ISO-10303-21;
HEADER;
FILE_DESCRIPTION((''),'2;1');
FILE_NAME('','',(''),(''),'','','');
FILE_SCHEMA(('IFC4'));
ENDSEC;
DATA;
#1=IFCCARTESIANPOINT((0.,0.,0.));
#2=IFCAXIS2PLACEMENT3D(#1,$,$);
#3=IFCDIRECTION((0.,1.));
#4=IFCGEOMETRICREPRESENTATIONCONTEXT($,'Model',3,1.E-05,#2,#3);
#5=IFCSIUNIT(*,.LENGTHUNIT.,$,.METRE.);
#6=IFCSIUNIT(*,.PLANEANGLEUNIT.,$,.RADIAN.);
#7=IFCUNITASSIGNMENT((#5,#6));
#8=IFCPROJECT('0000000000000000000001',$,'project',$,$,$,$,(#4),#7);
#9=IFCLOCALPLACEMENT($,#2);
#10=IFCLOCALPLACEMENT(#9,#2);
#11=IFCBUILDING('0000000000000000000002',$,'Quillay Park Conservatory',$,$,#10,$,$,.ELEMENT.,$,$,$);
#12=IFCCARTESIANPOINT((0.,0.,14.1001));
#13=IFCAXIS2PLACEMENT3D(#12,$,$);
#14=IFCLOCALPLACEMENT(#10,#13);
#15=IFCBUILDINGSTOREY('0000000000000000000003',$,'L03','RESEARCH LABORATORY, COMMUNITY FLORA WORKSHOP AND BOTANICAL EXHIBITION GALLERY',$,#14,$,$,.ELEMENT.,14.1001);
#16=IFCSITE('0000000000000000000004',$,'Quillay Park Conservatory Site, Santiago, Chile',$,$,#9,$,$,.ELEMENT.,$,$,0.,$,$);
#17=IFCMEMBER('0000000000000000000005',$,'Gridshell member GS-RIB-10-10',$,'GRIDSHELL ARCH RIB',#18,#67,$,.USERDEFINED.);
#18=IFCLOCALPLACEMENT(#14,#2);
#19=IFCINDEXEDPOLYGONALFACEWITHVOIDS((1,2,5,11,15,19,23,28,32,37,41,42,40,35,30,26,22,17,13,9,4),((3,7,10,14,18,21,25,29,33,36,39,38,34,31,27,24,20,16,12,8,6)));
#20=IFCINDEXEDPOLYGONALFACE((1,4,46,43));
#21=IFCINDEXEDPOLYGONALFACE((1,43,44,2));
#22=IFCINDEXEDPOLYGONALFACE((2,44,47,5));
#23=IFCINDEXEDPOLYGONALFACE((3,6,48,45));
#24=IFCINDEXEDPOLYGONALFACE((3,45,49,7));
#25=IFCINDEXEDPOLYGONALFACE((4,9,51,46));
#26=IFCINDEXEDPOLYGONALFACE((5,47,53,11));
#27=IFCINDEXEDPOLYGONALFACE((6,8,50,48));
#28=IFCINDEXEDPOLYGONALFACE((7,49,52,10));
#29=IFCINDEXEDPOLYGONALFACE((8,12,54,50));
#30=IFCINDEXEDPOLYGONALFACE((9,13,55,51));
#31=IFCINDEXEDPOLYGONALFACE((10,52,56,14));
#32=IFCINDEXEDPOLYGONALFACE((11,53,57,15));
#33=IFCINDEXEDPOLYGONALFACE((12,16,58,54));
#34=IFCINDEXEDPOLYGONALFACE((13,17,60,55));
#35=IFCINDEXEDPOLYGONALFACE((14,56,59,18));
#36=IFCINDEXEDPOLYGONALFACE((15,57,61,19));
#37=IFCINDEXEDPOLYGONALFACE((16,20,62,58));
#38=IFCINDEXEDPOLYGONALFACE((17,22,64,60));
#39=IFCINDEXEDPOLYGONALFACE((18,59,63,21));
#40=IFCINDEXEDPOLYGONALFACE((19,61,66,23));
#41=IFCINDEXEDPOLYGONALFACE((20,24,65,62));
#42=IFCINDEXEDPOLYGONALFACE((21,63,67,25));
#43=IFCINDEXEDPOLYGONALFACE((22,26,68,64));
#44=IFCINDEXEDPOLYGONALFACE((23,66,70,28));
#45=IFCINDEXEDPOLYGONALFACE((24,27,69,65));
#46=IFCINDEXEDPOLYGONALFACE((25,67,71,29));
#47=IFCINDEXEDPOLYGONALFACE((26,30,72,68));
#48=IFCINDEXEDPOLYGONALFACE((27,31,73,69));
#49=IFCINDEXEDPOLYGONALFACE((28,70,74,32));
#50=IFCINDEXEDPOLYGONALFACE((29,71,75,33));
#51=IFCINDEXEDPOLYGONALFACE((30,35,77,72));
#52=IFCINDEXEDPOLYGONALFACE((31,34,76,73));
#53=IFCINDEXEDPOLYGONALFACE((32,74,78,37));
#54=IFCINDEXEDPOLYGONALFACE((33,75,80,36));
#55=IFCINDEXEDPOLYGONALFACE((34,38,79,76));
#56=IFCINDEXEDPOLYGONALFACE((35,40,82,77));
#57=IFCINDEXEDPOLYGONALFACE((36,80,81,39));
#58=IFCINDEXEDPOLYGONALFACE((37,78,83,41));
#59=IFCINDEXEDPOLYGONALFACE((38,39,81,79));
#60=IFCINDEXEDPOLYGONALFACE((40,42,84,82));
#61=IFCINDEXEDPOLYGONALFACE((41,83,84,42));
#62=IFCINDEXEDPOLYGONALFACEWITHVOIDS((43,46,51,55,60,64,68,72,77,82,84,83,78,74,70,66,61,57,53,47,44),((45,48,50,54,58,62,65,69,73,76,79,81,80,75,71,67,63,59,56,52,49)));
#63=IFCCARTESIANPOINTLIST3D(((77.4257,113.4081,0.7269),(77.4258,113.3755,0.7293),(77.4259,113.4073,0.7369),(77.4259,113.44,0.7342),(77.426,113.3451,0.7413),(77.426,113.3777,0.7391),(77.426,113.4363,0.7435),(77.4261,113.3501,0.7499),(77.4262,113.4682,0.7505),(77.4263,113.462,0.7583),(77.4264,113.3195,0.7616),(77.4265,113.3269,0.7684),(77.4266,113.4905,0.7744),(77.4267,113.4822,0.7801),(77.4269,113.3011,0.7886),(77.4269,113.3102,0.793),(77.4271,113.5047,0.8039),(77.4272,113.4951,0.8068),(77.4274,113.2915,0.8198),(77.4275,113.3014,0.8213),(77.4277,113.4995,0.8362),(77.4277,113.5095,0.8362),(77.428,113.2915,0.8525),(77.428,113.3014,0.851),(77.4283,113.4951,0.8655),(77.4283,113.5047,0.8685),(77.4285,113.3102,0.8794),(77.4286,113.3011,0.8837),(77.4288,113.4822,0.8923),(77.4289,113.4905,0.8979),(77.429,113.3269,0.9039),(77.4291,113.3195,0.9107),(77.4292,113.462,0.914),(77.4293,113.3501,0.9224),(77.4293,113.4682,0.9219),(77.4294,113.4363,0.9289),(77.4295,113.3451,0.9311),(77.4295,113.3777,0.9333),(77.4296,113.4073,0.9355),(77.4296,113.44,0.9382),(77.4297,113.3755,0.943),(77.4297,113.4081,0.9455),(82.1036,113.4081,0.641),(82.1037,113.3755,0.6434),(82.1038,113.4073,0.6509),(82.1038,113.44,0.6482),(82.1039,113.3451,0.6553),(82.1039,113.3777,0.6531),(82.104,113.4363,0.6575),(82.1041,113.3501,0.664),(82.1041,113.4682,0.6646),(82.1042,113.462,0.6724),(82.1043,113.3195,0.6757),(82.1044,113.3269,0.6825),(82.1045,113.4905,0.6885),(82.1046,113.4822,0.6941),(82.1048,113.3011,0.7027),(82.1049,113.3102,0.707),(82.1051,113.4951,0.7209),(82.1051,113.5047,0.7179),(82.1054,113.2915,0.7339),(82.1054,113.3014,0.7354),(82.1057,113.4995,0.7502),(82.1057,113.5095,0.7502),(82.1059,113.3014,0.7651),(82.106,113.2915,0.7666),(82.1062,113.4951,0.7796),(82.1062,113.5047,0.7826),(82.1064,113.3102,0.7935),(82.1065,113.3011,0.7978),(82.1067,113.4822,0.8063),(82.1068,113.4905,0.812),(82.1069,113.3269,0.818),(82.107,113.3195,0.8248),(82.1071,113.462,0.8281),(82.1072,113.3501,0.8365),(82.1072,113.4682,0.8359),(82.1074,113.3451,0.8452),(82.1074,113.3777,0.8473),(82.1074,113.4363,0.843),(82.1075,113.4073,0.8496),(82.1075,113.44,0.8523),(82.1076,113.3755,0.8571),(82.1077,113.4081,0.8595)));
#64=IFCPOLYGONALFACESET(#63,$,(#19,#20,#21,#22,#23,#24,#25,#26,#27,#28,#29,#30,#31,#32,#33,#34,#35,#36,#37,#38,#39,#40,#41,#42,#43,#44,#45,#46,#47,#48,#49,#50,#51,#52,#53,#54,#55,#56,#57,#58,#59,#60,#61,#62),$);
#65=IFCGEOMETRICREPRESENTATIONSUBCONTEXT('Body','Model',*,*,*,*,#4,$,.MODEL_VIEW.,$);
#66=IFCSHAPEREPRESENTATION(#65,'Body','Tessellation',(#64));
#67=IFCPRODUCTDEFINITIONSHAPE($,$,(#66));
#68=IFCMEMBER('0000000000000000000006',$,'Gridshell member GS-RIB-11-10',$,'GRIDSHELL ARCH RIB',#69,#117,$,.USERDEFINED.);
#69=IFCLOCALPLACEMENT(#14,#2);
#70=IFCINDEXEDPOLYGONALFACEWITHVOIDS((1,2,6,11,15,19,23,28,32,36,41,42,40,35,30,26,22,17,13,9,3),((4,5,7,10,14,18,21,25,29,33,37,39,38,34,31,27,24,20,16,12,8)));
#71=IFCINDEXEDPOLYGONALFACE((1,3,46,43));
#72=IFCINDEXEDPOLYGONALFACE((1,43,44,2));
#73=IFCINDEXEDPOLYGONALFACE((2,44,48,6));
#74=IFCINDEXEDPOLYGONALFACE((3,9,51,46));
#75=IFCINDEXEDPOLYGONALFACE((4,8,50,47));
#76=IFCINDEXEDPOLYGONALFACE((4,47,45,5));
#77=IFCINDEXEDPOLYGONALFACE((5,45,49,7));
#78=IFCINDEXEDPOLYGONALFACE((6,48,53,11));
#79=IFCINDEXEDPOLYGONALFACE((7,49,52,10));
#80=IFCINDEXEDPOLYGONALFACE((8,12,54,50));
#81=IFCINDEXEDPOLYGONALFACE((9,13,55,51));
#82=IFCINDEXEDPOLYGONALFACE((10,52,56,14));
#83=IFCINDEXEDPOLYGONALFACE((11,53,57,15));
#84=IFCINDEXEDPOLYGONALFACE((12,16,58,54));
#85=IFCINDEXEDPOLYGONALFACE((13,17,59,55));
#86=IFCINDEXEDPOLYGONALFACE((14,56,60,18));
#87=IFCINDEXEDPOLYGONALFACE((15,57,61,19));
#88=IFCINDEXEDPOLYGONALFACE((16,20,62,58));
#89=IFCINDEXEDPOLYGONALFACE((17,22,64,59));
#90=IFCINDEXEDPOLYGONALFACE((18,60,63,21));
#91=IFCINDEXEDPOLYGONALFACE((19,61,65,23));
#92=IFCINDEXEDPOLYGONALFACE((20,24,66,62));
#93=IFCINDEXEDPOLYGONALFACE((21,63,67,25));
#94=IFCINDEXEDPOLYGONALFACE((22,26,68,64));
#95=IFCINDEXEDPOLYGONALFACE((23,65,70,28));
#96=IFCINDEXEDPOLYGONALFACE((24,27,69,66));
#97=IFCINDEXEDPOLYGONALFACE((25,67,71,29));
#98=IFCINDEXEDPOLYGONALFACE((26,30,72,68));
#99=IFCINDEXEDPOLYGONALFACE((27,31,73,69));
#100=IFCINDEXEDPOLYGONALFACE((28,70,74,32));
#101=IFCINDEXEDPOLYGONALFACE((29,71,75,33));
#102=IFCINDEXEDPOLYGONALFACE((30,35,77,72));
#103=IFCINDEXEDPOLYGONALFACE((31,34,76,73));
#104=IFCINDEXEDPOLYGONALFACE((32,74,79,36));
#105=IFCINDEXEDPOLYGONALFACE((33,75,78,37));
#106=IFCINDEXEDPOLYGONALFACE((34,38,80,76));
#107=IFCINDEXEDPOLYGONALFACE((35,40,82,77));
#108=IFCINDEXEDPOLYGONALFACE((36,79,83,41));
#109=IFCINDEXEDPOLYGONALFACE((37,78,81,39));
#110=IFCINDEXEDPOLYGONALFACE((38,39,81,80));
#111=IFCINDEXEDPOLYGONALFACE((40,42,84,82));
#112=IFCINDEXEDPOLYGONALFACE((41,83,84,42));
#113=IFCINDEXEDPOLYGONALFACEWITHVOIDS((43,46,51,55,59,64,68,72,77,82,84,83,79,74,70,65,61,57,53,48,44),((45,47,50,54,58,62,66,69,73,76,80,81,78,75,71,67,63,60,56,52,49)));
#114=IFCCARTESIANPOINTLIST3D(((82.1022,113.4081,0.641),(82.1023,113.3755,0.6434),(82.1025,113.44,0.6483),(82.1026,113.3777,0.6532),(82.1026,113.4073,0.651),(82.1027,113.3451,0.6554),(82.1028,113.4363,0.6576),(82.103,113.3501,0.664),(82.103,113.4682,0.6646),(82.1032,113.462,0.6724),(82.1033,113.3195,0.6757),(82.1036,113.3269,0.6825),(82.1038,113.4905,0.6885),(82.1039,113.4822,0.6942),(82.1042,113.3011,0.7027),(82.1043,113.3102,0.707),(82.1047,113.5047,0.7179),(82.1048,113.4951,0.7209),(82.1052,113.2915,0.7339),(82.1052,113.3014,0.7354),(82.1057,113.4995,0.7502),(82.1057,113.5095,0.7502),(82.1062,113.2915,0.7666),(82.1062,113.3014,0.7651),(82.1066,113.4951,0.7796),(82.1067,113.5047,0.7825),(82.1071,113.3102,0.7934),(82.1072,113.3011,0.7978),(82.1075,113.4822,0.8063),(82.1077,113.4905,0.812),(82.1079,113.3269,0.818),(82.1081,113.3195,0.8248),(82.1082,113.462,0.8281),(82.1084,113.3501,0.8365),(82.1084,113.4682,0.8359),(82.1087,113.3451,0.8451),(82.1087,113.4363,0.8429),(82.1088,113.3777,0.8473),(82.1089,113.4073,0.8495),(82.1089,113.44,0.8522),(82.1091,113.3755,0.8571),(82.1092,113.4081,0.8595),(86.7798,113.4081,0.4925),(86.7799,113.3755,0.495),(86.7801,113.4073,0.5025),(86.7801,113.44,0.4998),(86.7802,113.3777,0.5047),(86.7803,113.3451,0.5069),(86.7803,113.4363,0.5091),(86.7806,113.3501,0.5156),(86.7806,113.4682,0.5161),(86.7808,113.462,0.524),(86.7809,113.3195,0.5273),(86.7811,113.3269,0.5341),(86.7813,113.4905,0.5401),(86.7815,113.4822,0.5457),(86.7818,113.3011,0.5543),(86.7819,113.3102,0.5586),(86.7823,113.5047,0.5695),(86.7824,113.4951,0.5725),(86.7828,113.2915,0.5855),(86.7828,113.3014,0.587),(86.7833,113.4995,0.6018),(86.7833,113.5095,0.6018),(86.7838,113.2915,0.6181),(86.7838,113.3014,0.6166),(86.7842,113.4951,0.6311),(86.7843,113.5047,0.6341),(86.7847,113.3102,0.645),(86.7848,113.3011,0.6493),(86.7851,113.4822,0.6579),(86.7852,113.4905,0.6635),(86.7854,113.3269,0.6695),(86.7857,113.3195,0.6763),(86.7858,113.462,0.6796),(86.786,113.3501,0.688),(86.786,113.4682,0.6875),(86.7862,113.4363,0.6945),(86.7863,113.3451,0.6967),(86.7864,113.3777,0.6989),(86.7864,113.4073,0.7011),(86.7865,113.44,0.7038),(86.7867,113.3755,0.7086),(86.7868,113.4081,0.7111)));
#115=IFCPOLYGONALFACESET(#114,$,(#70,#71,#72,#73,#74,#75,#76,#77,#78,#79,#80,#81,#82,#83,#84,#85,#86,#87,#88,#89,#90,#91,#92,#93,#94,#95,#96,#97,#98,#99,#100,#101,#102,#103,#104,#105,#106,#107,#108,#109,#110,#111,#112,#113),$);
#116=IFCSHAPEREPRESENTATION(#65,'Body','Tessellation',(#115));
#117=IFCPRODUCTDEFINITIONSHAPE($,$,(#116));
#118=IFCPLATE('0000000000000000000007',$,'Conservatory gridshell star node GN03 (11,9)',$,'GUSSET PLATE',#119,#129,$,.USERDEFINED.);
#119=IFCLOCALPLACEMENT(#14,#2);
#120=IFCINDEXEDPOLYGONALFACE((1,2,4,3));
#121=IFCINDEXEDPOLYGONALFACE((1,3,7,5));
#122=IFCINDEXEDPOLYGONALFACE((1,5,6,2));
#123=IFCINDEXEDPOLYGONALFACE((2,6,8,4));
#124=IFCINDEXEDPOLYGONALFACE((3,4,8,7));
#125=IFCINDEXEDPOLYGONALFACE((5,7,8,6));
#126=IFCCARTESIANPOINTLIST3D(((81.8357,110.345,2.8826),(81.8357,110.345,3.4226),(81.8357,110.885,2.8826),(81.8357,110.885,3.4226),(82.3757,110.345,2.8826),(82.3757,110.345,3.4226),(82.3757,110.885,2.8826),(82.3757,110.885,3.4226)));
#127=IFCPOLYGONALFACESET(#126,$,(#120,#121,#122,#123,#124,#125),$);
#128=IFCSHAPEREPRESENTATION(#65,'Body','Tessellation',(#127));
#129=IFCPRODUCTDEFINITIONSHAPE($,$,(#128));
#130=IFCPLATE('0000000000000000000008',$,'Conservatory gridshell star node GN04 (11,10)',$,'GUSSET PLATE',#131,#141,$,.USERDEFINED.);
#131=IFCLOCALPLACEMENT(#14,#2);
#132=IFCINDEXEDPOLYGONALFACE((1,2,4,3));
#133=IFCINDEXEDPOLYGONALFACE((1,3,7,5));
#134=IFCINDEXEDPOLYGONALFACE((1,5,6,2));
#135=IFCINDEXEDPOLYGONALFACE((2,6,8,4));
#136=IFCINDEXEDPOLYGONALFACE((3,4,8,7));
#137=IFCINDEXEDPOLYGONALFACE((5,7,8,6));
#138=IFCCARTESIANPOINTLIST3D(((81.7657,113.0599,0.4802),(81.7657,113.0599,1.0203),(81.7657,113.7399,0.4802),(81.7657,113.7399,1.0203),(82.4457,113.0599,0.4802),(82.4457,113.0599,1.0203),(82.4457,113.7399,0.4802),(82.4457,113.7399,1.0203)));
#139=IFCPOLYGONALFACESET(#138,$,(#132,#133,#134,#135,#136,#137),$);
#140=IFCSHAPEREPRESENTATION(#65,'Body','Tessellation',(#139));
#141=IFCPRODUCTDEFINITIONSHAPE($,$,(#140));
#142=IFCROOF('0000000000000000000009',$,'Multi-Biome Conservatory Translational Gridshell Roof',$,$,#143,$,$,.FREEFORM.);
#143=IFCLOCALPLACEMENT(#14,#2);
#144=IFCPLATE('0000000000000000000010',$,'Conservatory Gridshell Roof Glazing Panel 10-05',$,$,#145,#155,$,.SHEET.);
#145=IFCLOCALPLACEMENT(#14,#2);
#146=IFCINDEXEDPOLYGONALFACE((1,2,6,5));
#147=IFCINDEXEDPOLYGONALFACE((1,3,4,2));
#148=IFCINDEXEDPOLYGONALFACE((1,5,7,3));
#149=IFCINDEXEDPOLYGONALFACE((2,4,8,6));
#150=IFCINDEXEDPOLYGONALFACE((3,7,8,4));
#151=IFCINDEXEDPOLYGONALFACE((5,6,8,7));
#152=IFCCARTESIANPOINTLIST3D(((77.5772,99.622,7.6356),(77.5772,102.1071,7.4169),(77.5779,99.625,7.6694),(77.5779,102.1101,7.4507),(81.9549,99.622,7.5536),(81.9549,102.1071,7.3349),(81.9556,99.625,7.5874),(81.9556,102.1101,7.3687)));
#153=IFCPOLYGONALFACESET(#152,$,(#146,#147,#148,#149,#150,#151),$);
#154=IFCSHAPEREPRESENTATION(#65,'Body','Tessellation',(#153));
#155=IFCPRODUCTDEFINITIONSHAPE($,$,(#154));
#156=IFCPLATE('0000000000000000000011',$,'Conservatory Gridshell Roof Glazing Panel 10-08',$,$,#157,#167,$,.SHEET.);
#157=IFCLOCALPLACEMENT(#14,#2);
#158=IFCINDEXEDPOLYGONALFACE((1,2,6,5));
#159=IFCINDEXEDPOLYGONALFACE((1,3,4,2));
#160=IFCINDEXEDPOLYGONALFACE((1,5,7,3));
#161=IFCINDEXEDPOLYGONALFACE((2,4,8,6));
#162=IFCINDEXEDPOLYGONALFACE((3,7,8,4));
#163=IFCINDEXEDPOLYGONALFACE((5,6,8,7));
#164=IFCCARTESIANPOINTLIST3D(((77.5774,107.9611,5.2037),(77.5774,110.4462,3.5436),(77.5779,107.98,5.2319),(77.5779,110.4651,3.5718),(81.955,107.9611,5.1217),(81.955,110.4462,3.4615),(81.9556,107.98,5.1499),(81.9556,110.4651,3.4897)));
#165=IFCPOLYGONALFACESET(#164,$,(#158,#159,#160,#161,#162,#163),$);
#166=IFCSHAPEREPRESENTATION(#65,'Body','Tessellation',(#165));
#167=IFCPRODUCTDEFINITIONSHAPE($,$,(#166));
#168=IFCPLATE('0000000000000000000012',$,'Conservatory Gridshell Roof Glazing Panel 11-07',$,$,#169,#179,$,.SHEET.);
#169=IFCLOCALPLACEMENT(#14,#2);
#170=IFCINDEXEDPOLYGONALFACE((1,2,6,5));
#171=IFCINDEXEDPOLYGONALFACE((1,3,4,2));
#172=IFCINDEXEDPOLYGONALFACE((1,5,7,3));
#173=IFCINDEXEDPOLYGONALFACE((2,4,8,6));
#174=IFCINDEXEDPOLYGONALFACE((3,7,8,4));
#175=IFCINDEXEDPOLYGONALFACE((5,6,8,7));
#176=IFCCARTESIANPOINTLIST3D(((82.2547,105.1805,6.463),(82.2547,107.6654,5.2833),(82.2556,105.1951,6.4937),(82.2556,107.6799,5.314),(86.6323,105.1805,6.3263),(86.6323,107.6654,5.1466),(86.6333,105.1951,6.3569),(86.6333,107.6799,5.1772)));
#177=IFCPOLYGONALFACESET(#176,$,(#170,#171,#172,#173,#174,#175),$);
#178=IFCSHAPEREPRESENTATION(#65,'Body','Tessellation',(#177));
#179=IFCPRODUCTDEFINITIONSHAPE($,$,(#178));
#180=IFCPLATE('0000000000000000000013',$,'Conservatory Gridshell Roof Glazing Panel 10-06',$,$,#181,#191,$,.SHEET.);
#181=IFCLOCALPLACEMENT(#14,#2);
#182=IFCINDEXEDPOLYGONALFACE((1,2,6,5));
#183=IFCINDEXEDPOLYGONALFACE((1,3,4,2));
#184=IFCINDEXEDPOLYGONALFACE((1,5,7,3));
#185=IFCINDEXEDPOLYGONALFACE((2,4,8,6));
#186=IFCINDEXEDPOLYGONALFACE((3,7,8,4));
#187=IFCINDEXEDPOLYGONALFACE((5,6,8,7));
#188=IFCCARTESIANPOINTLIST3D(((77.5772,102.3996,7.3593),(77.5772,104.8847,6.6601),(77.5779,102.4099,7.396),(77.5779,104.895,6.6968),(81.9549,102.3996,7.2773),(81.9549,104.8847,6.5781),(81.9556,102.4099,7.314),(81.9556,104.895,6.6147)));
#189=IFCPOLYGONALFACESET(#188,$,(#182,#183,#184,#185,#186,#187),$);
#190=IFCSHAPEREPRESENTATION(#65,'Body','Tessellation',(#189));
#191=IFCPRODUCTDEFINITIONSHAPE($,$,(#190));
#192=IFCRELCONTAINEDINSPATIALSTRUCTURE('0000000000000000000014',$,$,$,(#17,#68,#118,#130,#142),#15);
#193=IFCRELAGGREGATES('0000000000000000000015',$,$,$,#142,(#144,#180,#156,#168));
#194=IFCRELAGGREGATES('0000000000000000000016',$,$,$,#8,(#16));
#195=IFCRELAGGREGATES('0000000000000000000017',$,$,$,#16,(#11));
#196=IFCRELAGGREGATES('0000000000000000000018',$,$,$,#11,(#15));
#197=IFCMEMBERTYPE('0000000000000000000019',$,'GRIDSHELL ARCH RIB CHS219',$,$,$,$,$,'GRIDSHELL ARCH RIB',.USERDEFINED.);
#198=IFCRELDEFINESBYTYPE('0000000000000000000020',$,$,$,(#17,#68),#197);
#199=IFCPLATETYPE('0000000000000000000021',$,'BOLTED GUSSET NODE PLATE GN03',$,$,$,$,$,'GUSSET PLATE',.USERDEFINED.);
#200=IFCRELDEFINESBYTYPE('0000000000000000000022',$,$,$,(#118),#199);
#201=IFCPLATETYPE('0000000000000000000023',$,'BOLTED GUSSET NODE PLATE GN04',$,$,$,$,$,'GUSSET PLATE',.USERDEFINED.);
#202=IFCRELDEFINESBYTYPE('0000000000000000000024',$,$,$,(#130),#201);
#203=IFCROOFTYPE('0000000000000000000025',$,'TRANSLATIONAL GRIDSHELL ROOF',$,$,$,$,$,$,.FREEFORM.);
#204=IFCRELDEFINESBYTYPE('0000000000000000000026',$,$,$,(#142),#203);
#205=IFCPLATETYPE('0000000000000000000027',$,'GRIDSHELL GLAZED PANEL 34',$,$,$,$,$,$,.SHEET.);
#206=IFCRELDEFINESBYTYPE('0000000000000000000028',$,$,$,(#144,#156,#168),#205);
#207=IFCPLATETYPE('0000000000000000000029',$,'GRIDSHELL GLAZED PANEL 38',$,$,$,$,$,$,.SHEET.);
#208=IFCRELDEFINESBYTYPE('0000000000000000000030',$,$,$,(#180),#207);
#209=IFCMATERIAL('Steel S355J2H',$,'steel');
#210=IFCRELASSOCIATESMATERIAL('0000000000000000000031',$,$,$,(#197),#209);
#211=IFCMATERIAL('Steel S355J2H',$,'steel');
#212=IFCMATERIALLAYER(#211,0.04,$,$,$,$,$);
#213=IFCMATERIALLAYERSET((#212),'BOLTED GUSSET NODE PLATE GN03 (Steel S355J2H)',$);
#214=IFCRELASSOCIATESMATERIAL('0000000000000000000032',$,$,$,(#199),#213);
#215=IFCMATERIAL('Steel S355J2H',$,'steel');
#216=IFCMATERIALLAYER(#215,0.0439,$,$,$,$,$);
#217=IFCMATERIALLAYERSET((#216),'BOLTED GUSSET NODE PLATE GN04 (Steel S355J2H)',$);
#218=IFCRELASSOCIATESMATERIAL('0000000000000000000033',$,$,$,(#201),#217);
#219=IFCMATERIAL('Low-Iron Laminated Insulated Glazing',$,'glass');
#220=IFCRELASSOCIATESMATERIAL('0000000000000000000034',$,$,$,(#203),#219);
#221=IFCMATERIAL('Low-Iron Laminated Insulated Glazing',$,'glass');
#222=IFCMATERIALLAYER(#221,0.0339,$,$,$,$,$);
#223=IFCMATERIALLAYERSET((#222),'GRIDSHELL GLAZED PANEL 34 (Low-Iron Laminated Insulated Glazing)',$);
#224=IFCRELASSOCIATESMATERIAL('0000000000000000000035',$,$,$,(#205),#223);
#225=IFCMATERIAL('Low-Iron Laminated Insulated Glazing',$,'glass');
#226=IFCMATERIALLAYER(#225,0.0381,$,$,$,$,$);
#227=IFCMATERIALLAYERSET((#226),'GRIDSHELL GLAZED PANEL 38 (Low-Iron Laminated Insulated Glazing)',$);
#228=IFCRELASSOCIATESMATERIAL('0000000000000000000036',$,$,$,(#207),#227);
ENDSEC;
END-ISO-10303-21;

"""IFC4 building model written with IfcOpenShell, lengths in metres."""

from ifc_helpers import new_model, si_unit, direction, frame, origin, origin_2d, place, context, subcontext, project, spatial, polyline, rectangle, hollow_circle, outline, extrude, material, layer, layer_set, material_profile, profile_set, type_object, element, aggregate, save


model = new_model("IFC4")

# Units and contexts
model_context = context("Model", 3, precision=1e-05, world=origin(), true_north=direction((0.0, 1.0)))
body_context = subcontext(model_context, "Body", "Model", "MODEL_VIEW")
ifc_project = project(units=[si_unit("LENGTHUNIT", "METRE"), si_unit("PLANEANGLEUNIT", "RADIAN")], contexts=[model_context])

# Site, building, storey
site_placement = place(None, origin())
site = spatial("IfcSite", under=ifc_project, at=site_placement, Name="Quillay Park Conservatory Site, Santiago, Chile", CompositionType="ELEMENT", RefElevation=0.0)
building_placement = place(site_placement, origin())
building = spatial("IfcBuilding", under=site, at=building_placement, Name="Quillay Park Conservatory", CompositionType="ELEMENT")
storey_placement = place(building_placement, frame((0.0, 0.0, 14.1001)))
storey = spatial("IfcBuildingStorey", under=building, at=storey_placement, Name="L03", Description="RESEARCH LABORATORY, COMMUNITY FLORA WORKSHOP AND BOTANICAL EXHIBITION GALLERY", CompositionType="ELEMENT", Elevation=14.1001)

# Members
ifc_material_1 = material(Name="Steel S355J2H", Category="steel")
ifc_material_profile_1 = material_profile(ifc_material_1, hollow_circle(Radius=0.1096, WallThickness=0.01, at=origin_2d()), Name="CHS219.1x10")
ifc_profile_set_1 = profile_set([ifc_material_profile_1], Name="Steel S355J2H")
member_type = type_object("IfcMemberType", Name="GRIDSHELL ARCH RIB CHS219", ElementType="GRIDSHELL ARCH RIB", PredefinedType="USERDEFINED", material=ifc_profile_set_1)
member_1_placement = place(storey_placement, frame((77.4277, 113.3999, 0.8362), z_axis=(0.999831, 0.0, -0.018368), x_axis=(0.0, 1.0, 0.0)))
element("IfcMember", 1, at=member_1_placement, inside=storey, type_object=member_type, Name="Gridshell member GS-RIB-10-10", ObjectType="GRIDSHELL ARCH RIB", PredefinedType="USERDEFINED", context=body_context, shape_type="SweptSolid", body=[
    extrude(hollow_circle(Radius=0.1096, WallThickness=0.01, at=origin_2d()), origin(), (0.0, 0.0, 1.0), 4.6787),
])
member_2_placement = place(storey_placement, frame((82.1057, 113.3999, 0.7502), z_axis=(0.999497, 0.0, -0.031718), x_axis=(0.0, 1.0, 0.0)))
element("IfcMember", 2, at=member_2_placement, inside=storey, type_object=member_type, Name="Gridshell member GS-RIB-11-10", ObjectType="GRIDSHELL ARCH RIB", PredefinedType="USERDEFINED", context=body_context, shape_type="SweptSolid", body=[
    extrude(hollow_circle(Radius=0.1096, WallThickness=0.01, at=origin_2d()), origin(), (0.0, 0.0, 1.0), 4.6799),
])

# Plates
ifc_material_2 = material(Name="Steel S355J2H", Category="steel")
ifc_layer_1 = layer(ifc_material_2, 0.04)
ifc_layer_set_1 = layer_set([ifc_layer_1], Name="BOLTED GUSSET NODE PLATE GN03 (Steel S355J2H)")
plate_type_1 = type_object("IfcPlateType", Name="BOLTED GUSSET NODE PLATE GN03", ElementType="GUSSET PLATE", PredefinedType="USERDEFINED", material=ifc_layer_set_1)
plate_1_placement = place(storey_placement, frame((82.1057, 110.615, 2.8826), z_axis=(0.0, 0.0, 1.0), x_axis=(1.0, 0.0, 0.0)))
element("IfcPlate", 3, at=plate_1_placement, inside=storey, type_object=plate_type_1, Name="Conservatory gridshell star node GN03 (11,9)", ObjectType="GUSSET PLATE", PredefinedType="USERDEFINED", context=body_context, shape_type="SweptSolid", body=[
    extrude(rectangle(XDim=0.54, YDim=0.54, at=origin_2d()), origin(), (0.0, 0.0, 1.0), 0.54),
])
ifc_material_3 = material(Name="Steel S355J2H", Category="steel")
ifc_layer_2 = layer(ifc_material_3, 0.0439)
ifc_layer_set_2 = layer_set([ifc_layer_2], Name="BOLTED GUSSET NODE PLATE GN04 (Steel S355J2H)")
plate_type_2 = type_object("IfcPlateType", Name="BOLTED GUSSET NODE PLATE GN04", ElementType="GUSSET PLATE", PredefinedType="USERDEFINED", material=ifc_layer_set_2)
plate_2_placement = place(storey_placement, frame((82.1057, 113.3999, 0.4802), z_axis=(0.0, 0.0, 1.0), x_axis=(1.0, 0.0, 0.0)))
element("IfcPlate", 4, at=plate_2_placement, inside=storey, type_object=plate_type_2, Name="Conservatory gridshell star node GN04 (11,10)", ObjectType="GUSSET PLATE", PredefinedType="USERDEFINED", context=body_context, shape_type="SweptSolid", body=[
    extrude(rectangle(XDim=0.6799, YDim=0.6799, at=origin_2d()), origin(), (0.0, 0.0, 1.0), 0.54),
])

# Roof, plates
ifc_material_4 = material(Name="Low-Iron Laminated Insulated Glazing", Category="glass")
roof_type = type_object("IfcRoofType", Name="TRANSLATIONAL GRIDSHELL ROOF", PredefinedType="FREEFORM", material=ifc_material_4)
roof_placement = place(storey_placement, origin())
roof = element("IfcRoof", 5, at=roof_placement, inside=storey, type_object=roof_type, Name="Multi-Biome Conservatory Translational Gridshell Roof", PredefinedType="FREEFORM")
ifc_material_5 = material(Name="Low-Iron Laminated Insulated Glazing", Category="glass")
ifc_layer_3 = layer(ifc_material_5, 0.0339)
ifc_layer_set_3 = layer_set([ifc_layer_3], Name="GRIDSHELL GLAZED PANEL 34 (Low-Iron Laminated Insulated Glazing)")
plate_type_3 = type_object("IfcPlateType", Name="GRIDSHELL GLAZED PANEL 34", PredefinedType="SHEET", material=ifc_layer_set_3)
plate_3_placement = place(storey_placement, frame((77.5779, 99.625, 7.6694), z_axis=(0.018663, 0.08767, 0.995975), x_axis=(0.999824, 0.0, -0.018735)))
plate_3 = element("IfcPlate", 6, at=plate_3_placement, type_object=plate_type_3, Name="Conservatory Gridshell Roof Glazing Panel 10-05", PredefinedType="SHEET", context=body_context, shape_type="SweptSolid", body=[
    extrude(outline(polyline([(0.0, 0.0), (4.3785, 0.0), (4.3826, 2.4947), (0.0041, 2.4947), (0.0, 0.0)])), origin(), (0.0, 0.0, -1.0), 0.0339),
])
plate_4_placement = place(storey_placement, frame((77.5779, 107.98, 5.2319), z_axis=(0.01558, 0.555424, 0.831421), x_axis=(0.999824, 0.0, -0.018735)))
plate_4 = element("IfcPlate", 7, at=plate_4_placement, type_object=plate_type_3, Name="Conservatory Gridshell Roof Glazing Panel 10-08", PredefinedType="SHEET", context=body_context, shape_type="SweptSolid", body=[
    extrude(outline(polyline([(0.0, 0.0), (4.3785, 0.0), (4.4096, 2.9885), (0.0311, 2.9885), (0.0, 0.0)])), origin(), (0.0, 0.0, -1.0), 0.0339),
])
plate_5_placement = place(storey_placement, frame((82.2556, 105.1951, 6.4937), z_axis=(0.028202, 0.428702, 0.903006), x_axis=(0.999513, 0.0, -0.031216)))
plate_5 = element("IfcPlate", 8, at=plate_5_placement, type_object=plate_type_3, Name="Conservatory Gridshell Roof Glazing Panel 11-07", PredefinedType="SHEET", context=body_context, shape_type="SweptSolid", body=[
    extrude(outline(polyline([(0.0, 0.0), (4.3798, 0.0), (4.4166, 2.7504), (0.0368, 2.7504), (0.0, 0.0)])), origin(), (0.0, 0.0, -1.0), 0.0339),
])
ifc_material_6 = material(Name="Low-Iron Laminated Insulated Glazing", Category="glass")
ifc_layer_4 = layer(ifc_material_6, 0.0381)
ifc_layer_set_4 = layer_set([ifc_layer_4], Name="GRIDSHELL GLAZED PANEL 38 (Low-Iron Laminated Insulated Glazing)")
plate_type_4 = type_object("IfcPlateType", Name="GRIDSHELL GLAZED PANEL 38", PredefinedType="SHEET", material=ifc_layer_set_4)
plate_6_placement = place(storey_placement, frame((77.5779, 102.4099, 7.396), z_axis=(0.018035, 0.270803, 0.962466), x_axis=(0.999824, 0.0, -0.018735)))
plate_6 = element("IfcPlate", 9, at=plate_6_placement, type_object=plate_type_4, Name="Conservatory Gridshell Roof Glazing Panel 10-06", PredefinedType="SHEET", context=body_context, shape_type="SweptSolid", body=[
    extrude(outline(polyline([(0.0, 0.0), (4.3785, 0.0), (4.3916, 2.5816), (0.0131, 2.5816), (0.0, 0.0)])), origin(), (0.0, 0.0, -1.0), 0.0381),
])
aggregate(roof, [plate_3, plate_6, plate_4, plate_5])

save(model, "model.ifc")
